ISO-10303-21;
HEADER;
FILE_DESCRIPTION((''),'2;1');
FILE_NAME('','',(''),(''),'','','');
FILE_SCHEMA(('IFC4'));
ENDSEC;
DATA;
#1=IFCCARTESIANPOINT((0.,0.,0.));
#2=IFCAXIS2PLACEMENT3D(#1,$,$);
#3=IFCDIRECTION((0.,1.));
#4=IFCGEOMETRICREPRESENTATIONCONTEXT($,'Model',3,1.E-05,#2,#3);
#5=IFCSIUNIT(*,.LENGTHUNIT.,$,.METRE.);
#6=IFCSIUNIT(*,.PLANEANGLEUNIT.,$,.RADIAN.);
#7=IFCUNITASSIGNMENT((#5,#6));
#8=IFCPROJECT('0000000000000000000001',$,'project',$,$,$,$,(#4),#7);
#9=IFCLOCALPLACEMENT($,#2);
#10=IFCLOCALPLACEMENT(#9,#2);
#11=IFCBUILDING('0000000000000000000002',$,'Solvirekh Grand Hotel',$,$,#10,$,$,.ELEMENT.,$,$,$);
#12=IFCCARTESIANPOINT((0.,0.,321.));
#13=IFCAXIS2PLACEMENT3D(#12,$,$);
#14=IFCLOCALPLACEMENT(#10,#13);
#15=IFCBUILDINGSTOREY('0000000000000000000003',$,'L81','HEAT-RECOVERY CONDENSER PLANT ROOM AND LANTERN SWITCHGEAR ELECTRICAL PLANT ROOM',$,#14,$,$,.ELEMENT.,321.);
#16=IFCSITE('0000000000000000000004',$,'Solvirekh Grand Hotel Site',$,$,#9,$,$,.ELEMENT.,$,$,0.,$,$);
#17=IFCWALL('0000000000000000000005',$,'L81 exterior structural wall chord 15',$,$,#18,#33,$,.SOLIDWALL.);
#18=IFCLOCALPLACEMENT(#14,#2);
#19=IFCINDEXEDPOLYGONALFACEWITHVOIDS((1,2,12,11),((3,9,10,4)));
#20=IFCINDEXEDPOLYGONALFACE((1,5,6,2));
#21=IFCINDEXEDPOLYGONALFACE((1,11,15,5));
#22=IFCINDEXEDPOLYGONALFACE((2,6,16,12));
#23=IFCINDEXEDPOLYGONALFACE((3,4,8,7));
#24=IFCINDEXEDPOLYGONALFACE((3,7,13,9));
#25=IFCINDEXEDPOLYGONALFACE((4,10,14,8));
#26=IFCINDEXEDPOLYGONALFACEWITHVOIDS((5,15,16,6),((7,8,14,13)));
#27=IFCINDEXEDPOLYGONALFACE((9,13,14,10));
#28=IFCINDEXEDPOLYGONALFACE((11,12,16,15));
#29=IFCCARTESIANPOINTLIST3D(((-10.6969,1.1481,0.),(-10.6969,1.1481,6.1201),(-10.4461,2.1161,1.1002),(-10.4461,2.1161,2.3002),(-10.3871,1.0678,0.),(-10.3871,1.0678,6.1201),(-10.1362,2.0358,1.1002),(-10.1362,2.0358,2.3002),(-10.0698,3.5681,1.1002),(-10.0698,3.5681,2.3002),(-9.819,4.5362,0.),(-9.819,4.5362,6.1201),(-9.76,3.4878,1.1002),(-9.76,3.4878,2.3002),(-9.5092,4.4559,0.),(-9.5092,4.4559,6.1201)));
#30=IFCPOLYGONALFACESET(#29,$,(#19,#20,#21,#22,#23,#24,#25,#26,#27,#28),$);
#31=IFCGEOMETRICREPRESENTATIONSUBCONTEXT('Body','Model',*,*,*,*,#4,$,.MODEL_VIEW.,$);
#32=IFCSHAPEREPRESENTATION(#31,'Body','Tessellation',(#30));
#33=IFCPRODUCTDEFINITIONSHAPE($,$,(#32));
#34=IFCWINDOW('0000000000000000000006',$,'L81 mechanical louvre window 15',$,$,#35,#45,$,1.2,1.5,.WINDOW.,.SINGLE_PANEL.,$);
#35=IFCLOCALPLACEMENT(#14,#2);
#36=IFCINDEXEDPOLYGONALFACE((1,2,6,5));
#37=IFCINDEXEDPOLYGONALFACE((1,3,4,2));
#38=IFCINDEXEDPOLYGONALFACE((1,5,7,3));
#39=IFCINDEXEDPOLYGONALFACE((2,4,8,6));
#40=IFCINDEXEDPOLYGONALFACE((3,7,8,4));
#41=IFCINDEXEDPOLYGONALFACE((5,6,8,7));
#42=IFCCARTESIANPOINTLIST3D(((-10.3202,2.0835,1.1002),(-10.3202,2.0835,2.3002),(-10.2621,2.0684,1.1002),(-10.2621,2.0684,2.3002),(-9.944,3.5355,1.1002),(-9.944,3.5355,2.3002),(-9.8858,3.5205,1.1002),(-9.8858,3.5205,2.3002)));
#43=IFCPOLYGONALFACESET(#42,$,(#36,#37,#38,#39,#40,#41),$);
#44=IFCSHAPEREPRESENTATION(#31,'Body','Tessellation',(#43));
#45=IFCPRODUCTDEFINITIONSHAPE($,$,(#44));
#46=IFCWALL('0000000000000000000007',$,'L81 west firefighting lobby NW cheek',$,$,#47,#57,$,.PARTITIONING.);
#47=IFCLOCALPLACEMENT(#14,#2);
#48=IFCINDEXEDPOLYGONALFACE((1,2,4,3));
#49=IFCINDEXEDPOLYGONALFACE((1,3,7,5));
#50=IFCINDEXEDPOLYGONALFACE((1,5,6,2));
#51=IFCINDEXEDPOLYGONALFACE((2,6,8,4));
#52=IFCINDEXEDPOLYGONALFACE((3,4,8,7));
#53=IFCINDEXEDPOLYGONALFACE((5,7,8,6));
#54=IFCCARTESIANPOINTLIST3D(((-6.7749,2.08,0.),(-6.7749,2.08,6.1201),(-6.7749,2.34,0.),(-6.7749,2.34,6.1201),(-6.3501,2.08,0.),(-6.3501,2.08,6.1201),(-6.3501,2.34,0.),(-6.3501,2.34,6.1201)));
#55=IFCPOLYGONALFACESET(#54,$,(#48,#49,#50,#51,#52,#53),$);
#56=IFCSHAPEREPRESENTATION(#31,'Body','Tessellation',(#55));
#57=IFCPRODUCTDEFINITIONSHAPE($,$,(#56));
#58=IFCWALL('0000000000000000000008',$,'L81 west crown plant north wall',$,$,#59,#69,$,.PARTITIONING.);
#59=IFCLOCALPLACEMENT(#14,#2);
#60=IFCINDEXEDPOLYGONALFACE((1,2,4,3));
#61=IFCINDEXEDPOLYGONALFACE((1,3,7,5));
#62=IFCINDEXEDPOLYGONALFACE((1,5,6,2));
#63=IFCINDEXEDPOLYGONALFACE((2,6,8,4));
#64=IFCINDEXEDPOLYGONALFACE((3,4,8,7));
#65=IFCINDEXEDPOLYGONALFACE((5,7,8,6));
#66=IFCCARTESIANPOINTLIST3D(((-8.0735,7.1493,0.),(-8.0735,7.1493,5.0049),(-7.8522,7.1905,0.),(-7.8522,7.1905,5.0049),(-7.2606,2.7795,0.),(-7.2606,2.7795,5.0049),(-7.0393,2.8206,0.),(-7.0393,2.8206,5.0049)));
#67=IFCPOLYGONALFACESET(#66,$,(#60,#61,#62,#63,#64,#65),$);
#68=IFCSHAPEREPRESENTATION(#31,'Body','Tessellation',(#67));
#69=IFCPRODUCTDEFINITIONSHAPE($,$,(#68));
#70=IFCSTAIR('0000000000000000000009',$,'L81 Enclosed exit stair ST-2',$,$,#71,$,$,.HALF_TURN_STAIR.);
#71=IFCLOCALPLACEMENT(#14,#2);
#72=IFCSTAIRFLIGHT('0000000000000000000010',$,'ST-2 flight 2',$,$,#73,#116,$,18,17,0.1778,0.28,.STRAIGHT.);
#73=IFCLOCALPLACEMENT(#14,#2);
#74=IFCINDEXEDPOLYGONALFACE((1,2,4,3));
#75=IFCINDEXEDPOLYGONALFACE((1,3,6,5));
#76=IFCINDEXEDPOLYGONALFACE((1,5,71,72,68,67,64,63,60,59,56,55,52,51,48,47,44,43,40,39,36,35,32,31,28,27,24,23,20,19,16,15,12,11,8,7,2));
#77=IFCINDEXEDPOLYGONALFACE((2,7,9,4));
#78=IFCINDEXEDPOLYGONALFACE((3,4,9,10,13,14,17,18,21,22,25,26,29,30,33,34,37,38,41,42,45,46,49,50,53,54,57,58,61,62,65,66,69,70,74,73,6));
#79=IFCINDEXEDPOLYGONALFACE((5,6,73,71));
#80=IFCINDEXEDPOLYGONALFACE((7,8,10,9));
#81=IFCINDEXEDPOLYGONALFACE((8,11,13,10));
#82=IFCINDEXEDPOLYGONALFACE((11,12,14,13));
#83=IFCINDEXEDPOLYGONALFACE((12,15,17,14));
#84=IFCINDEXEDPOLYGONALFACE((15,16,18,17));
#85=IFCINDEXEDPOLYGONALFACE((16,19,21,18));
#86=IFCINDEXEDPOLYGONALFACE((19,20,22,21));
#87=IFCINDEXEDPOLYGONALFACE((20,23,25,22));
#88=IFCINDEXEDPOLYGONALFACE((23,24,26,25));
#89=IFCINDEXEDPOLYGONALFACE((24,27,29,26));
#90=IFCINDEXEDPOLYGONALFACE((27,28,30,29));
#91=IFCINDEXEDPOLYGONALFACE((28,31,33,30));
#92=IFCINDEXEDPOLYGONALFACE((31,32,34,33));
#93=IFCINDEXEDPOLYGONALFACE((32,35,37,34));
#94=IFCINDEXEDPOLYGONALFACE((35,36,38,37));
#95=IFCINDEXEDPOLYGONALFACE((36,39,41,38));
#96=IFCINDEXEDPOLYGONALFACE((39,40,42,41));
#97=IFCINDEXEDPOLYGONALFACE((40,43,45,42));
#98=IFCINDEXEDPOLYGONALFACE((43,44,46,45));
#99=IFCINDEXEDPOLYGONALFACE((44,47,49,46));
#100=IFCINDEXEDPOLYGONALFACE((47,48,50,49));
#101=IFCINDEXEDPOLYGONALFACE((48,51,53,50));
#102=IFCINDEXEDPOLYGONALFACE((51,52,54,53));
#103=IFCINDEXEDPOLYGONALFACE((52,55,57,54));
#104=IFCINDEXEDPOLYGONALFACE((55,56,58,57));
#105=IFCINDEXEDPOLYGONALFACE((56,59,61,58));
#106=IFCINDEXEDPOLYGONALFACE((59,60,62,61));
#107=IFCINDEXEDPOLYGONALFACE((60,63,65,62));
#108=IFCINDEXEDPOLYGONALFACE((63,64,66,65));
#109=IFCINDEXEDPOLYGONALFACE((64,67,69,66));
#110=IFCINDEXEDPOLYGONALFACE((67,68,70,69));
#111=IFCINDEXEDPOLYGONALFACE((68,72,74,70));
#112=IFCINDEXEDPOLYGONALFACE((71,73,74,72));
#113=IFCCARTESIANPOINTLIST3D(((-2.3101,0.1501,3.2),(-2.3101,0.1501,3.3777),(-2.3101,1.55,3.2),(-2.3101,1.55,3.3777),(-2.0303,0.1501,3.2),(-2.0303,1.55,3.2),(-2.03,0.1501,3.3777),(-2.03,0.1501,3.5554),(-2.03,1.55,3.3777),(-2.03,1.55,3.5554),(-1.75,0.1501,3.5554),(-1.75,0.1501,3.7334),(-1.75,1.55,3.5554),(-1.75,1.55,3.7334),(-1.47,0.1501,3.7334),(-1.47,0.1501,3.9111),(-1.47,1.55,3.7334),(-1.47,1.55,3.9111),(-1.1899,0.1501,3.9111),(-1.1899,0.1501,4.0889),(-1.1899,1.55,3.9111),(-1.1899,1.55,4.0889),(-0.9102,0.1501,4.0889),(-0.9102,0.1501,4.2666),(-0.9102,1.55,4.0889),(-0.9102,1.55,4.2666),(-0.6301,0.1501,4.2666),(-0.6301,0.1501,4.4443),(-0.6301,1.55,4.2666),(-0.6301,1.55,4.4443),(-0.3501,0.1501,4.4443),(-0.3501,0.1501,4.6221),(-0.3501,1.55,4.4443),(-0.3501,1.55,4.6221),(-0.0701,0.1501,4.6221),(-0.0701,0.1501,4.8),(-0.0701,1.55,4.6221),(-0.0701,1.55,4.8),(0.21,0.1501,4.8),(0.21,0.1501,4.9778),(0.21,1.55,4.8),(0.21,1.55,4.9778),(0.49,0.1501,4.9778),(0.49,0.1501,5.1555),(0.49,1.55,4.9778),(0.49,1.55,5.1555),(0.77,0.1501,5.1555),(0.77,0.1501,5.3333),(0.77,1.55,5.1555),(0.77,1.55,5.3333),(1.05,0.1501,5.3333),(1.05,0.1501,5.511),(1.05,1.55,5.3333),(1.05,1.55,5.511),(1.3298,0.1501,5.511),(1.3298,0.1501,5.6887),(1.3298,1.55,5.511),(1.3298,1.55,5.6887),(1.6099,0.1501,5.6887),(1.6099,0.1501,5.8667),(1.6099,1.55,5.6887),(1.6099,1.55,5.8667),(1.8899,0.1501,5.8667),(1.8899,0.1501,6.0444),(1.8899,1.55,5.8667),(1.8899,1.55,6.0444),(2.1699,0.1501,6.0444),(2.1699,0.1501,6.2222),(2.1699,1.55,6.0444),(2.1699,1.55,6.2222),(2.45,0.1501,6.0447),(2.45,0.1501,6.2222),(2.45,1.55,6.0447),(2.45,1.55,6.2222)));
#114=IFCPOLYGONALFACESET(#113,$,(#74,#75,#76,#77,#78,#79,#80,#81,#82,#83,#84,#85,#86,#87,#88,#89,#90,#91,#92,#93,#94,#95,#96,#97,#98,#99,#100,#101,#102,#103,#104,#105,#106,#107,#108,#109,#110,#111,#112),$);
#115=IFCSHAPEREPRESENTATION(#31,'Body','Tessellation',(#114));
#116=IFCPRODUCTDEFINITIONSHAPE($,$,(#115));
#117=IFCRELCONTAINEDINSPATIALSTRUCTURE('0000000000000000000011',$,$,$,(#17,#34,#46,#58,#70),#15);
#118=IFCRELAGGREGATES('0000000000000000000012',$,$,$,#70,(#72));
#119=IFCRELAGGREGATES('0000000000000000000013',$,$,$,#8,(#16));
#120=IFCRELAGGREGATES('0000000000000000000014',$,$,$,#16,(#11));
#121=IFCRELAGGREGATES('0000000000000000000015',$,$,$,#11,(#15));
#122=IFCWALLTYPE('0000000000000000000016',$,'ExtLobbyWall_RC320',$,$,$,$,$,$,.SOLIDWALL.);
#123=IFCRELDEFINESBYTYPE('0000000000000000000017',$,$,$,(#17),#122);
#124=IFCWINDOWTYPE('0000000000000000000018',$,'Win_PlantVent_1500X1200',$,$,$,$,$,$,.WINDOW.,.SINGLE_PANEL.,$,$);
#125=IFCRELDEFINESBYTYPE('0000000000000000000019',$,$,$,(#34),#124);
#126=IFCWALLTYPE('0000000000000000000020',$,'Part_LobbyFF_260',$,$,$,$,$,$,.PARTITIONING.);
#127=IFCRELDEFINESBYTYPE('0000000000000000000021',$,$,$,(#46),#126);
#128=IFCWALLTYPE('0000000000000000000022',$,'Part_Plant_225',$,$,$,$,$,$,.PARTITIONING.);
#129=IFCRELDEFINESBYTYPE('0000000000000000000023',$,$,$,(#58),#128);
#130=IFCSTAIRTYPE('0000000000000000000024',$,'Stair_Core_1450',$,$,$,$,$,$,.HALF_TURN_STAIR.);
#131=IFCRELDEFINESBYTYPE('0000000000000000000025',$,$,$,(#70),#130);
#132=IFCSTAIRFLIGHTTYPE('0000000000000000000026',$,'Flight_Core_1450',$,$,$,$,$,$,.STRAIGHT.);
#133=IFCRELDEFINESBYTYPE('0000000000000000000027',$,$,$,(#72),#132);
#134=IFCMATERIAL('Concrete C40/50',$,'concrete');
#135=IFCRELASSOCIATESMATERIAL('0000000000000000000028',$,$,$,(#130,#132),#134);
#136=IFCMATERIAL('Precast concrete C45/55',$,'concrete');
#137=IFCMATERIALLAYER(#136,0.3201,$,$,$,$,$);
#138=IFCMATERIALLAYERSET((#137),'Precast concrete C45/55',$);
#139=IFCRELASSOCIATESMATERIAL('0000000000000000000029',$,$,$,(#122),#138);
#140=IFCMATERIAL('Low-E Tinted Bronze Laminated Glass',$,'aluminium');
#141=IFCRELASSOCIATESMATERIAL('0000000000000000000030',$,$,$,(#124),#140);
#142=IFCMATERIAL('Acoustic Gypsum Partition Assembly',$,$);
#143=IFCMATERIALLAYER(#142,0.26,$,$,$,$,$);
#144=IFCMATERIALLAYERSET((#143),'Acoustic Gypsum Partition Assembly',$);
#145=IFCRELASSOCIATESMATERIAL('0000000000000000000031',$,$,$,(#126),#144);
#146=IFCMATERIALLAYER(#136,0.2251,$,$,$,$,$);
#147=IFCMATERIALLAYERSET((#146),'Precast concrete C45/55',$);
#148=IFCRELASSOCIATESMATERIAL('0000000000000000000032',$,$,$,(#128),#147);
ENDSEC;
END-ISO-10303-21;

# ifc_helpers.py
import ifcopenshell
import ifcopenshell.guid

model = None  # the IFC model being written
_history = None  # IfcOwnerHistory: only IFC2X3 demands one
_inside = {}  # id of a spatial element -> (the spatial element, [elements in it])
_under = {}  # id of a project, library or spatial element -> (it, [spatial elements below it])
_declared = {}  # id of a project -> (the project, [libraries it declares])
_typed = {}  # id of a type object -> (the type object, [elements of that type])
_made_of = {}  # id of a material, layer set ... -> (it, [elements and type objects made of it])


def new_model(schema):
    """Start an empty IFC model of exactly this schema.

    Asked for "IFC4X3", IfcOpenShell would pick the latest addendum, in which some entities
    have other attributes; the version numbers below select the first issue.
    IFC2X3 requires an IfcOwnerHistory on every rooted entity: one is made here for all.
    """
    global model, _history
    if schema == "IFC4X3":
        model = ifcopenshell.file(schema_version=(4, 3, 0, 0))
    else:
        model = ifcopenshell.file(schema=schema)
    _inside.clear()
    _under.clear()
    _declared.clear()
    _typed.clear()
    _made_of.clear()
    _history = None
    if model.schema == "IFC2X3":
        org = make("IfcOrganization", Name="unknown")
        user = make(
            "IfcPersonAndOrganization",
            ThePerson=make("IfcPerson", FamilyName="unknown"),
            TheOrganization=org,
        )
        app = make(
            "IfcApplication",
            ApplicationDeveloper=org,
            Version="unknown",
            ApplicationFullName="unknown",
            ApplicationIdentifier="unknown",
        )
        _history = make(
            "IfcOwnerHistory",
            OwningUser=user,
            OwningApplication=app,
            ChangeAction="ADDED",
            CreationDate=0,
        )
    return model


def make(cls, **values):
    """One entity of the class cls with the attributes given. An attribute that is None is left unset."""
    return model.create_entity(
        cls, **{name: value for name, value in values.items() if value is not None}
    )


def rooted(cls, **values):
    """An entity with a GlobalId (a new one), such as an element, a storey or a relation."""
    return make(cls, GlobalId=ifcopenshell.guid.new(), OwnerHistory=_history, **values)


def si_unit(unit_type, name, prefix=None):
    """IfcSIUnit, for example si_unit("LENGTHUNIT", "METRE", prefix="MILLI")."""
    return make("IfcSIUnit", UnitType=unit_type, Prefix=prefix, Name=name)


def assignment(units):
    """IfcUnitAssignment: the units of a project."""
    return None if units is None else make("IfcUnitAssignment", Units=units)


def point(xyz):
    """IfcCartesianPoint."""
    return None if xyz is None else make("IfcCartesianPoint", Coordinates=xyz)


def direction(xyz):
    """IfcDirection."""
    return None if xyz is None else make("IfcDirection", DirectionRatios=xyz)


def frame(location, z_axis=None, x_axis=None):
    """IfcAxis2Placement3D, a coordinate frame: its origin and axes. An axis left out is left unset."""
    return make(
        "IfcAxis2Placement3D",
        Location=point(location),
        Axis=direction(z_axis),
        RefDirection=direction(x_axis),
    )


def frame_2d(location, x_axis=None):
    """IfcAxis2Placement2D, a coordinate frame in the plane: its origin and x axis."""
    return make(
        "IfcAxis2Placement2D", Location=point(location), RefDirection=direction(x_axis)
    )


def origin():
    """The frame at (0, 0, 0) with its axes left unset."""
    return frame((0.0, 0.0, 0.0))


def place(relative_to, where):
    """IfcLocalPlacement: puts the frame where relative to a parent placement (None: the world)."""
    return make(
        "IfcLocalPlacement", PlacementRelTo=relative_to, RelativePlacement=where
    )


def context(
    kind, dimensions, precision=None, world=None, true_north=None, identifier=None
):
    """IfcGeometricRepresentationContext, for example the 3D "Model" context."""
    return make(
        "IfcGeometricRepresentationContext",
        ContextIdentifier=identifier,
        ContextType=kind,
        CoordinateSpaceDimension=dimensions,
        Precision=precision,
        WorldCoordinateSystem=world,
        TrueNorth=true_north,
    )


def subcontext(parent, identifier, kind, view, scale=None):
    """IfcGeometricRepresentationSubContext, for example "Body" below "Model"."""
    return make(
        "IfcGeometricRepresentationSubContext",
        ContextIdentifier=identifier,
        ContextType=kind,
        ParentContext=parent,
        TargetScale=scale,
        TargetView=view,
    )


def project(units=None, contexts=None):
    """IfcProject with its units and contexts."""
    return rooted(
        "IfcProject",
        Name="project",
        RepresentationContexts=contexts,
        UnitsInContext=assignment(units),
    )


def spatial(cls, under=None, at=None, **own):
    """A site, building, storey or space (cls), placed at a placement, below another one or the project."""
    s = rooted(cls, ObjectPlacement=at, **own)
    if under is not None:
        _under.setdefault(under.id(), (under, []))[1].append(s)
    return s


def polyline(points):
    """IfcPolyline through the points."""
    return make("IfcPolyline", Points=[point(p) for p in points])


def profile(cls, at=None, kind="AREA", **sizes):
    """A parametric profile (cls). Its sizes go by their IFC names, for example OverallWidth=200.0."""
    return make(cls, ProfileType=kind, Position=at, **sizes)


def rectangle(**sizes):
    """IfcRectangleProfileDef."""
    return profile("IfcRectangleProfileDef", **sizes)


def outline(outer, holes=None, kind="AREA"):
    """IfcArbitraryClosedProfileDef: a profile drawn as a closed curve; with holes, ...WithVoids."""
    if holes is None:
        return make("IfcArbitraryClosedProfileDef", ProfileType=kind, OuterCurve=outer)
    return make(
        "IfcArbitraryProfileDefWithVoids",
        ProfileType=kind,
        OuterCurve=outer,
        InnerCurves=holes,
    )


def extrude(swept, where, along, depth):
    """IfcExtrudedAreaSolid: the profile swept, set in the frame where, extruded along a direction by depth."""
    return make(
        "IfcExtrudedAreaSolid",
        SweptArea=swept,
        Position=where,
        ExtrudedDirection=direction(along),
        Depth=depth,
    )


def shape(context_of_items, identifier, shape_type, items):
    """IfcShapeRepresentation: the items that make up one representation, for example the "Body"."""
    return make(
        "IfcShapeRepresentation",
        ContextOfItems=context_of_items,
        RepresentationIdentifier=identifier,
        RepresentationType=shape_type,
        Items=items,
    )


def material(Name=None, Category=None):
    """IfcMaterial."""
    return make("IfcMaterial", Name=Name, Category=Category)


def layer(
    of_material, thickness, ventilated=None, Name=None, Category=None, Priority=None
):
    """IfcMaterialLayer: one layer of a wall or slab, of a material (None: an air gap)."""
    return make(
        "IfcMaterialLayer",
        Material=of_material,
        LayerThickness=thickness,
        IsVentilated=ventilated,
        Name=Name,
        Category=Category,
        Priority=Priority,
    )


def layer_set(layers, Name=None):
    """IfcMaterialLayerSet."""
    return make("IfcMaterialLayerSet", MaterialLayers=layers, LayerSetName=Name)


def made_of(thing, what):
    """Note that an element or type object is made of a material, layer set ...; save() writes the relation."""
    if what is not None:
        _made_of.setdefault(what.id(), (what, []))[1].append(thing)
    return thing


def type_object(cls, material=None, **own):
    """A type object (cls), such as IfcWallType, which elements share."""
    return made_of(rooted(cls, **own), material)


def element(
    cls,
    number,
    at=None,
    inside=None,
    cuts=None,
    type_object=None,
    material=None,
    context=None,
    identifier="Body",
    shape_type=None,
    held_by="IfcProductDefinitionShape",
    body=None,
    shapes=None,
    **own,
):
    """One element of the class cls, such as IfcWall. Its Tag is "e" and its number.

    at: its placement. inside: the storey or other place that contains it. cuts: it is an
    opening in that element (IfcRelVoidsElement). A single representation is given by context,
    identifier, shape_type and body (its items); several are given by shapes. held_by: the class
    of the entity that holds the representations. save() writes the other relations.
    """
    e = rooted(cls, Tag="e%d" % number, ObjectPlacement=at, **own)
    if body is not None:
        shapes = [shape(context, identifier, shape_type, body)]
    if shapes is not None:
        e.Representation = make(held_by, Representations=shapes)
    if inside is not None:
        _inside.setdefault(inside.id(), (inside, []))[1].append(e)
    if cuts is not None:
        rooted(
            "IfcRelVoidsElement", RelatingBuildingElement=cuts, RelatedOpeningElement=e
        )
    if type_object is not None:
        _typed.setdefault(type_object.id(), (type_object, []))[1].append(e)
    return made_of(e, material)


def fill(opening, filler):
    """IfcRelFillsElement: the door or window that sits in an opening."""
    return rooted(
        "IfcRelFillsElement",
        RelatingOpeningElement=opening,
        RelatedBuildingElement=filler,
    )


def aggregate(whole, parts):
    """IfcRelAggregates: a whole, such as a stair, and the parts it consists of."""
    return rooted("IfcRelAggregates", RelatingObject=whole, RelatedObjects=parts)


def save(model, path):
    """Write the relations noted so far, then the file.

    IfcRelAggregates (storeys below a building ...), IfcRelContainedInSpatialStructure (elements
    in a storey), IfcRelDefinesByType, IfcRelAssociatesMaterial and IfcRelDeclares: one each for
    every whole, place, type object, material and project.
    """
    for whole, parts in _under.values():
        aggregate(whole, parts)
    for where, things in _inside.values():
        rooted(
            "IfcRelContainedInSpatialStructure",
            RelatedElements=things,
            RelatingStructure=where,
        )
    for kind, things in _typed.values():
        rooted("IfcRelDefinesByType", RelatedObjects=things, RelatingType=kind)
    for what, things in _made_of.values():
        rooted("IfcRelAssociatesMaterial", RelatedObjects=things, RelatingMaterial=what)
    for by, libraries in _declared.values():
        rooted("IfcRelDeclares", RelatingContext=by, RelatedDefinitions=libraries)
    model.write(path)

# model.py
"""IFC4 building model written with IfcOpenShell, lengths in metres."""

from ifc_helpers import new_model, si_unit, direction, frame, frame_2d, origin, place, context, subcontext, project, spatial, polyline, rectangle, outline, extrude, material, layer, layer_set, type_object, element, fill, aggregate, save


model = new_model("IFC4")

# Units and contexts
model_context = context("Model", 3, precision=1e-05, world=origin(), true_north=direction((0.0, 1.0)))
body_context = subcontext(model_context, "Body", "Model", "MODEL_VIEW")
ifc_project = project(units=[si_unit("LENGTHUNIT", "METRE"), si_unit("PLANEANGLEUNIT", "RADIAN")], contexts=[model_context])

# Site, building, storey
site_placement = place(None, origin())
site = spatial("IfcSite", under=ifc_project, at=site_placement, Name="Solvirekh Grand Hotel Site", CompositionType="ELEMENT", RefElevation=0.0)
building_placement = place(site_placement, origin())
building = spatial("IfcBuilding", under=site, at=building_placement, Name="Solvirekh Grand Hotel", CompositionType="ELEMENT")
storey_placement = place(building_placement, frame((0.0, 0.0, 321.0)))
storey = spatial("IfcBuildingStorey", under=building, at=storey_placement, Name="L81", Description="HEAT-RECOVERY CONDENSER PLANT ROOM AND LANTERN SWITCHGEAR ELECTRICAL PLANT ROOM", CompositionType="ELEMENT", Elevation=321.0)

# Shared definitions
ifc_material_1 = material(Name="Concrete C40/50", Category="concrete")
stair_type = type_object("IfcStairType", Name="Stair_Core_1450", PredefinedType="HALF_TURN_STAIR", material=ifc_material_1)

# Wall, opening, window
ifc_material_2 = material(Name="Precast concrete C45/55", Category="concrete")
ifc_layer_1 = layer(ifc_material_2, 0.3201)
ifc_layer_set_1 = layer_set([ifc_layer_1], Name="Precast concrete C45/55")
wall_type_1 = type_object("IfcWallType", Name="ExtLobbyWall_RC320", PredefinedType="SOLIDWALL", material=ifc_layer_set_1)
wall_1_placement = place(storey_placement, frame((-10.542, 1.1079, 0.0), z_axis=(0.0, 0.0, 1.0), x_axis=(0.250831, 0.968031, 0.0)))
wall_1 = element("IfcWall", 1, at=wall_1_placement, inside=storey, type_object=wall_type_1, Name="L81 exterior structural wall chord 15", PredefinedType="SOLIDWALL", context=body_context, shape_type="SweptSolid", body=[
    extrude(rectangle(XDim=3.5, YDim=0.3201, at=frame_2d((1.75, 0.0))), origin(), (0.0, 0.0, 1.0), 6.1201),
])
opening_1_placement = place(wall_1_placement, frame((1.0, 0.0, 1.1001)))
opening_1 = element("IfcOpeningElement", 2, at=opening_1_placement, cuts=wall_1, PredefinedType="OPENING", context=body_context, shape_type="SweptSolid", body=[
    extrude(rectangle(XDim=1.5, YDim=1.2, at=frame_2d((0.75, 0.6001))), frame((0.0, 0.1699, 0.0), z_axis=(0.0, -1.0, 0.0), x_axis=(1.0, 0.0, 0.0)), (0.0, 0.0, 1.0), 0.3401),
])
ifc_material_3 = material(Name="Low-E Tinted Bronze Laminated Glass", Category="aluminium")
window_type = type_object("IfcWindowType", Name="Win_PlantVent_1500X1200", PartitioningType="SINGLE_PANEL", PredefinedType="WINDOW", material=ifc_material_3)
window_placement = place(opening_1_placement, origin())
window = element("IfcWindow", 3, at=window_placement, inside=storey, type_object=window_type, Name="L81 mechanical louvre window 15", OverallHeight=1.2, OverallWidth=1.5, PartitioningType="SINGLE_PANEL", PredefinedType="WINDOW", context=body_context, shape_type="SweptSolid", body=[
    extrude(rectangle(XDim=1.5, YDim=1.2, at=frame_2d((0.75, 0.6001))), frame((0.0, 0.03, 0.0), z_axis=(0.0, -1.0, 0.0), x_axis=(1.0, 0.0, 0.0)), (0.0, 0.0, 1.0), 0.0601),
])
fill(opening_1, window)

# Walls
ifc_material_4 = material(Name="Acoustic Gypsum Partition Assembly")
ifc_layer_2 = layer(ifc_material_4, 0.26)
ifc_layer_set_2 = layer_set([ifc_layer_2], Name="Acoustic Gypsum Partition Assembly")
wall_type_2 = type_object("IfcWallType", Name="Part_LobbyFF_260", PredefinedType="PARTITIONING", material=ifc_layer_set_2)
wall_2_placement = place(storey_placement, frame((-6.7749, 2.21, 0.0), z_axis=(0.0, 0.0, 1.0), x_axis=(1.0, 0.0, 0.0)))
element("IfcWall", 4, at=wall_2_placement, inside=storey, type_object=wall_type_2, Name="L81 west firefighting lobby NW cheek", PredefinedType="PARTITIONING", context=body_context, shape_type="SweptSolid", body=[
    extrude(rectangle(XDim=0.4248, YDim=0.26, at=frame_2d((0.2124, 0.0))), origin(), (0.0, 0.0, 1.0), 6.1201),
])
ifc_layer_3 = layer(ifc_material_2, 0.2251)
ifc_layer_set_3 = layer_set([ifc_layer_3], Name="Precast concrete C45/55")
wall_type_3 = type_object("IfcWallType", Name="Part_Plant_225", PredefinedType="PARTITIONING", material=ifc_layer_set_3)
wall_3_placement = place(storey_placement, frame((-7.1499, 2.8, 0.0), z_axis=(0.0, 0.0, 1.0), x_axis=(-0.182905, 0.983131, 0.0)))
element("IfcWall", 5, at=wall_3_placement, inside=storey, type_object=wall_type_3, Name="L81 west crown plant north wall", PredefinedType="PARTITIONING", context=body_context, shape_type="SweptSolid", body=[
    extrude(rectangle(XDim=4.4448, YDim=0.2251, at=frame_2d((2.2224, 0.0))), origin(), (0.0, 0.0, 1.0), 5.0049),
])

# Stair, stair flight
stair_1_placement = place(storey_placement, origin())
stair_1 = element("IfcStair", 6, at=stair_1_placement, inside=storey, type_object=stair_type, Name="L81 Enclosed exit stair ST-2", PredefinedType="HALF_TURN_STAIR")
stair_flight_type = type_object("IfcStairFlightType", Name="Flight_Core_1450", PredefinedType="STRAIGHT", material=ifc_material_1)
stair_flight_placement = place(storey_placement, frame((-2.3101, 0.8501, 3.2), z_axis=(0.0, 0.0, 1.0), x_axis=(1.0, 0.0, 0.0)))
stair_flight = element("IfcStairFlight", 7, at=stair_flight_placement, type_object=stair_flight_type, Name="ST-2 flight 2", NumberOfRisers=18, NumberOfTreads=17, PredefinedType="STRAIGHT", RiserHeight=0.1778, TreadLength=0.28, context=body_context, shape_type="SweptSolid", body=[
    extrude(outline(polyline([(0.0, 0.0), (0.0, 0.1777), (0.28, 0.1777), (0.28, 0.3555), (0.5601, 0.3555), (0.5601, 0.5334), (0.8401, 0.5334), (0.8401, 0.7112), (1.1201, 0.7112), (1.1201, 0.8889), (1.3999, 0.8889), (1.3999, 1.0667), (1.6799, 1.0667), (1.6799, 1.2444), (1.96, 1.2444), (1.96, 1.4221), (2.24, 1.4221), (2.24, 1.6001), (2.52, 1.6001), (2.52, 1.7778), (2.8, 1.7778), (2.8, 1.9556), (3.0801, 1.9556), (3.0801, 2.1333), (3.3601, 2.1333), (3.3601, 2.311), (3.6399, 2.311), (3.6399, 2.4888), (3.9199, 2.4888), (3.9199, 2.6667), (4.2, 2.6667), (4.2, 2.8445), (4.48, 2.8445), (4.48, 3.0222), (4.76, 3.0222), (4.76, 3.2), (4.76, 2.8447), (0.2798, 0.0), (0.0, 0.0)])), frame((0.0, 0.7, 0.0), z_axis=(0.0, -1.0, 0.0), x_axis=(1.0, 0.0, 0.0)), (0.0, 0.0, 1.0), 1.3999),
])
aggregate(stair_1, [stair_flight])

save(model, "model.ifc")
